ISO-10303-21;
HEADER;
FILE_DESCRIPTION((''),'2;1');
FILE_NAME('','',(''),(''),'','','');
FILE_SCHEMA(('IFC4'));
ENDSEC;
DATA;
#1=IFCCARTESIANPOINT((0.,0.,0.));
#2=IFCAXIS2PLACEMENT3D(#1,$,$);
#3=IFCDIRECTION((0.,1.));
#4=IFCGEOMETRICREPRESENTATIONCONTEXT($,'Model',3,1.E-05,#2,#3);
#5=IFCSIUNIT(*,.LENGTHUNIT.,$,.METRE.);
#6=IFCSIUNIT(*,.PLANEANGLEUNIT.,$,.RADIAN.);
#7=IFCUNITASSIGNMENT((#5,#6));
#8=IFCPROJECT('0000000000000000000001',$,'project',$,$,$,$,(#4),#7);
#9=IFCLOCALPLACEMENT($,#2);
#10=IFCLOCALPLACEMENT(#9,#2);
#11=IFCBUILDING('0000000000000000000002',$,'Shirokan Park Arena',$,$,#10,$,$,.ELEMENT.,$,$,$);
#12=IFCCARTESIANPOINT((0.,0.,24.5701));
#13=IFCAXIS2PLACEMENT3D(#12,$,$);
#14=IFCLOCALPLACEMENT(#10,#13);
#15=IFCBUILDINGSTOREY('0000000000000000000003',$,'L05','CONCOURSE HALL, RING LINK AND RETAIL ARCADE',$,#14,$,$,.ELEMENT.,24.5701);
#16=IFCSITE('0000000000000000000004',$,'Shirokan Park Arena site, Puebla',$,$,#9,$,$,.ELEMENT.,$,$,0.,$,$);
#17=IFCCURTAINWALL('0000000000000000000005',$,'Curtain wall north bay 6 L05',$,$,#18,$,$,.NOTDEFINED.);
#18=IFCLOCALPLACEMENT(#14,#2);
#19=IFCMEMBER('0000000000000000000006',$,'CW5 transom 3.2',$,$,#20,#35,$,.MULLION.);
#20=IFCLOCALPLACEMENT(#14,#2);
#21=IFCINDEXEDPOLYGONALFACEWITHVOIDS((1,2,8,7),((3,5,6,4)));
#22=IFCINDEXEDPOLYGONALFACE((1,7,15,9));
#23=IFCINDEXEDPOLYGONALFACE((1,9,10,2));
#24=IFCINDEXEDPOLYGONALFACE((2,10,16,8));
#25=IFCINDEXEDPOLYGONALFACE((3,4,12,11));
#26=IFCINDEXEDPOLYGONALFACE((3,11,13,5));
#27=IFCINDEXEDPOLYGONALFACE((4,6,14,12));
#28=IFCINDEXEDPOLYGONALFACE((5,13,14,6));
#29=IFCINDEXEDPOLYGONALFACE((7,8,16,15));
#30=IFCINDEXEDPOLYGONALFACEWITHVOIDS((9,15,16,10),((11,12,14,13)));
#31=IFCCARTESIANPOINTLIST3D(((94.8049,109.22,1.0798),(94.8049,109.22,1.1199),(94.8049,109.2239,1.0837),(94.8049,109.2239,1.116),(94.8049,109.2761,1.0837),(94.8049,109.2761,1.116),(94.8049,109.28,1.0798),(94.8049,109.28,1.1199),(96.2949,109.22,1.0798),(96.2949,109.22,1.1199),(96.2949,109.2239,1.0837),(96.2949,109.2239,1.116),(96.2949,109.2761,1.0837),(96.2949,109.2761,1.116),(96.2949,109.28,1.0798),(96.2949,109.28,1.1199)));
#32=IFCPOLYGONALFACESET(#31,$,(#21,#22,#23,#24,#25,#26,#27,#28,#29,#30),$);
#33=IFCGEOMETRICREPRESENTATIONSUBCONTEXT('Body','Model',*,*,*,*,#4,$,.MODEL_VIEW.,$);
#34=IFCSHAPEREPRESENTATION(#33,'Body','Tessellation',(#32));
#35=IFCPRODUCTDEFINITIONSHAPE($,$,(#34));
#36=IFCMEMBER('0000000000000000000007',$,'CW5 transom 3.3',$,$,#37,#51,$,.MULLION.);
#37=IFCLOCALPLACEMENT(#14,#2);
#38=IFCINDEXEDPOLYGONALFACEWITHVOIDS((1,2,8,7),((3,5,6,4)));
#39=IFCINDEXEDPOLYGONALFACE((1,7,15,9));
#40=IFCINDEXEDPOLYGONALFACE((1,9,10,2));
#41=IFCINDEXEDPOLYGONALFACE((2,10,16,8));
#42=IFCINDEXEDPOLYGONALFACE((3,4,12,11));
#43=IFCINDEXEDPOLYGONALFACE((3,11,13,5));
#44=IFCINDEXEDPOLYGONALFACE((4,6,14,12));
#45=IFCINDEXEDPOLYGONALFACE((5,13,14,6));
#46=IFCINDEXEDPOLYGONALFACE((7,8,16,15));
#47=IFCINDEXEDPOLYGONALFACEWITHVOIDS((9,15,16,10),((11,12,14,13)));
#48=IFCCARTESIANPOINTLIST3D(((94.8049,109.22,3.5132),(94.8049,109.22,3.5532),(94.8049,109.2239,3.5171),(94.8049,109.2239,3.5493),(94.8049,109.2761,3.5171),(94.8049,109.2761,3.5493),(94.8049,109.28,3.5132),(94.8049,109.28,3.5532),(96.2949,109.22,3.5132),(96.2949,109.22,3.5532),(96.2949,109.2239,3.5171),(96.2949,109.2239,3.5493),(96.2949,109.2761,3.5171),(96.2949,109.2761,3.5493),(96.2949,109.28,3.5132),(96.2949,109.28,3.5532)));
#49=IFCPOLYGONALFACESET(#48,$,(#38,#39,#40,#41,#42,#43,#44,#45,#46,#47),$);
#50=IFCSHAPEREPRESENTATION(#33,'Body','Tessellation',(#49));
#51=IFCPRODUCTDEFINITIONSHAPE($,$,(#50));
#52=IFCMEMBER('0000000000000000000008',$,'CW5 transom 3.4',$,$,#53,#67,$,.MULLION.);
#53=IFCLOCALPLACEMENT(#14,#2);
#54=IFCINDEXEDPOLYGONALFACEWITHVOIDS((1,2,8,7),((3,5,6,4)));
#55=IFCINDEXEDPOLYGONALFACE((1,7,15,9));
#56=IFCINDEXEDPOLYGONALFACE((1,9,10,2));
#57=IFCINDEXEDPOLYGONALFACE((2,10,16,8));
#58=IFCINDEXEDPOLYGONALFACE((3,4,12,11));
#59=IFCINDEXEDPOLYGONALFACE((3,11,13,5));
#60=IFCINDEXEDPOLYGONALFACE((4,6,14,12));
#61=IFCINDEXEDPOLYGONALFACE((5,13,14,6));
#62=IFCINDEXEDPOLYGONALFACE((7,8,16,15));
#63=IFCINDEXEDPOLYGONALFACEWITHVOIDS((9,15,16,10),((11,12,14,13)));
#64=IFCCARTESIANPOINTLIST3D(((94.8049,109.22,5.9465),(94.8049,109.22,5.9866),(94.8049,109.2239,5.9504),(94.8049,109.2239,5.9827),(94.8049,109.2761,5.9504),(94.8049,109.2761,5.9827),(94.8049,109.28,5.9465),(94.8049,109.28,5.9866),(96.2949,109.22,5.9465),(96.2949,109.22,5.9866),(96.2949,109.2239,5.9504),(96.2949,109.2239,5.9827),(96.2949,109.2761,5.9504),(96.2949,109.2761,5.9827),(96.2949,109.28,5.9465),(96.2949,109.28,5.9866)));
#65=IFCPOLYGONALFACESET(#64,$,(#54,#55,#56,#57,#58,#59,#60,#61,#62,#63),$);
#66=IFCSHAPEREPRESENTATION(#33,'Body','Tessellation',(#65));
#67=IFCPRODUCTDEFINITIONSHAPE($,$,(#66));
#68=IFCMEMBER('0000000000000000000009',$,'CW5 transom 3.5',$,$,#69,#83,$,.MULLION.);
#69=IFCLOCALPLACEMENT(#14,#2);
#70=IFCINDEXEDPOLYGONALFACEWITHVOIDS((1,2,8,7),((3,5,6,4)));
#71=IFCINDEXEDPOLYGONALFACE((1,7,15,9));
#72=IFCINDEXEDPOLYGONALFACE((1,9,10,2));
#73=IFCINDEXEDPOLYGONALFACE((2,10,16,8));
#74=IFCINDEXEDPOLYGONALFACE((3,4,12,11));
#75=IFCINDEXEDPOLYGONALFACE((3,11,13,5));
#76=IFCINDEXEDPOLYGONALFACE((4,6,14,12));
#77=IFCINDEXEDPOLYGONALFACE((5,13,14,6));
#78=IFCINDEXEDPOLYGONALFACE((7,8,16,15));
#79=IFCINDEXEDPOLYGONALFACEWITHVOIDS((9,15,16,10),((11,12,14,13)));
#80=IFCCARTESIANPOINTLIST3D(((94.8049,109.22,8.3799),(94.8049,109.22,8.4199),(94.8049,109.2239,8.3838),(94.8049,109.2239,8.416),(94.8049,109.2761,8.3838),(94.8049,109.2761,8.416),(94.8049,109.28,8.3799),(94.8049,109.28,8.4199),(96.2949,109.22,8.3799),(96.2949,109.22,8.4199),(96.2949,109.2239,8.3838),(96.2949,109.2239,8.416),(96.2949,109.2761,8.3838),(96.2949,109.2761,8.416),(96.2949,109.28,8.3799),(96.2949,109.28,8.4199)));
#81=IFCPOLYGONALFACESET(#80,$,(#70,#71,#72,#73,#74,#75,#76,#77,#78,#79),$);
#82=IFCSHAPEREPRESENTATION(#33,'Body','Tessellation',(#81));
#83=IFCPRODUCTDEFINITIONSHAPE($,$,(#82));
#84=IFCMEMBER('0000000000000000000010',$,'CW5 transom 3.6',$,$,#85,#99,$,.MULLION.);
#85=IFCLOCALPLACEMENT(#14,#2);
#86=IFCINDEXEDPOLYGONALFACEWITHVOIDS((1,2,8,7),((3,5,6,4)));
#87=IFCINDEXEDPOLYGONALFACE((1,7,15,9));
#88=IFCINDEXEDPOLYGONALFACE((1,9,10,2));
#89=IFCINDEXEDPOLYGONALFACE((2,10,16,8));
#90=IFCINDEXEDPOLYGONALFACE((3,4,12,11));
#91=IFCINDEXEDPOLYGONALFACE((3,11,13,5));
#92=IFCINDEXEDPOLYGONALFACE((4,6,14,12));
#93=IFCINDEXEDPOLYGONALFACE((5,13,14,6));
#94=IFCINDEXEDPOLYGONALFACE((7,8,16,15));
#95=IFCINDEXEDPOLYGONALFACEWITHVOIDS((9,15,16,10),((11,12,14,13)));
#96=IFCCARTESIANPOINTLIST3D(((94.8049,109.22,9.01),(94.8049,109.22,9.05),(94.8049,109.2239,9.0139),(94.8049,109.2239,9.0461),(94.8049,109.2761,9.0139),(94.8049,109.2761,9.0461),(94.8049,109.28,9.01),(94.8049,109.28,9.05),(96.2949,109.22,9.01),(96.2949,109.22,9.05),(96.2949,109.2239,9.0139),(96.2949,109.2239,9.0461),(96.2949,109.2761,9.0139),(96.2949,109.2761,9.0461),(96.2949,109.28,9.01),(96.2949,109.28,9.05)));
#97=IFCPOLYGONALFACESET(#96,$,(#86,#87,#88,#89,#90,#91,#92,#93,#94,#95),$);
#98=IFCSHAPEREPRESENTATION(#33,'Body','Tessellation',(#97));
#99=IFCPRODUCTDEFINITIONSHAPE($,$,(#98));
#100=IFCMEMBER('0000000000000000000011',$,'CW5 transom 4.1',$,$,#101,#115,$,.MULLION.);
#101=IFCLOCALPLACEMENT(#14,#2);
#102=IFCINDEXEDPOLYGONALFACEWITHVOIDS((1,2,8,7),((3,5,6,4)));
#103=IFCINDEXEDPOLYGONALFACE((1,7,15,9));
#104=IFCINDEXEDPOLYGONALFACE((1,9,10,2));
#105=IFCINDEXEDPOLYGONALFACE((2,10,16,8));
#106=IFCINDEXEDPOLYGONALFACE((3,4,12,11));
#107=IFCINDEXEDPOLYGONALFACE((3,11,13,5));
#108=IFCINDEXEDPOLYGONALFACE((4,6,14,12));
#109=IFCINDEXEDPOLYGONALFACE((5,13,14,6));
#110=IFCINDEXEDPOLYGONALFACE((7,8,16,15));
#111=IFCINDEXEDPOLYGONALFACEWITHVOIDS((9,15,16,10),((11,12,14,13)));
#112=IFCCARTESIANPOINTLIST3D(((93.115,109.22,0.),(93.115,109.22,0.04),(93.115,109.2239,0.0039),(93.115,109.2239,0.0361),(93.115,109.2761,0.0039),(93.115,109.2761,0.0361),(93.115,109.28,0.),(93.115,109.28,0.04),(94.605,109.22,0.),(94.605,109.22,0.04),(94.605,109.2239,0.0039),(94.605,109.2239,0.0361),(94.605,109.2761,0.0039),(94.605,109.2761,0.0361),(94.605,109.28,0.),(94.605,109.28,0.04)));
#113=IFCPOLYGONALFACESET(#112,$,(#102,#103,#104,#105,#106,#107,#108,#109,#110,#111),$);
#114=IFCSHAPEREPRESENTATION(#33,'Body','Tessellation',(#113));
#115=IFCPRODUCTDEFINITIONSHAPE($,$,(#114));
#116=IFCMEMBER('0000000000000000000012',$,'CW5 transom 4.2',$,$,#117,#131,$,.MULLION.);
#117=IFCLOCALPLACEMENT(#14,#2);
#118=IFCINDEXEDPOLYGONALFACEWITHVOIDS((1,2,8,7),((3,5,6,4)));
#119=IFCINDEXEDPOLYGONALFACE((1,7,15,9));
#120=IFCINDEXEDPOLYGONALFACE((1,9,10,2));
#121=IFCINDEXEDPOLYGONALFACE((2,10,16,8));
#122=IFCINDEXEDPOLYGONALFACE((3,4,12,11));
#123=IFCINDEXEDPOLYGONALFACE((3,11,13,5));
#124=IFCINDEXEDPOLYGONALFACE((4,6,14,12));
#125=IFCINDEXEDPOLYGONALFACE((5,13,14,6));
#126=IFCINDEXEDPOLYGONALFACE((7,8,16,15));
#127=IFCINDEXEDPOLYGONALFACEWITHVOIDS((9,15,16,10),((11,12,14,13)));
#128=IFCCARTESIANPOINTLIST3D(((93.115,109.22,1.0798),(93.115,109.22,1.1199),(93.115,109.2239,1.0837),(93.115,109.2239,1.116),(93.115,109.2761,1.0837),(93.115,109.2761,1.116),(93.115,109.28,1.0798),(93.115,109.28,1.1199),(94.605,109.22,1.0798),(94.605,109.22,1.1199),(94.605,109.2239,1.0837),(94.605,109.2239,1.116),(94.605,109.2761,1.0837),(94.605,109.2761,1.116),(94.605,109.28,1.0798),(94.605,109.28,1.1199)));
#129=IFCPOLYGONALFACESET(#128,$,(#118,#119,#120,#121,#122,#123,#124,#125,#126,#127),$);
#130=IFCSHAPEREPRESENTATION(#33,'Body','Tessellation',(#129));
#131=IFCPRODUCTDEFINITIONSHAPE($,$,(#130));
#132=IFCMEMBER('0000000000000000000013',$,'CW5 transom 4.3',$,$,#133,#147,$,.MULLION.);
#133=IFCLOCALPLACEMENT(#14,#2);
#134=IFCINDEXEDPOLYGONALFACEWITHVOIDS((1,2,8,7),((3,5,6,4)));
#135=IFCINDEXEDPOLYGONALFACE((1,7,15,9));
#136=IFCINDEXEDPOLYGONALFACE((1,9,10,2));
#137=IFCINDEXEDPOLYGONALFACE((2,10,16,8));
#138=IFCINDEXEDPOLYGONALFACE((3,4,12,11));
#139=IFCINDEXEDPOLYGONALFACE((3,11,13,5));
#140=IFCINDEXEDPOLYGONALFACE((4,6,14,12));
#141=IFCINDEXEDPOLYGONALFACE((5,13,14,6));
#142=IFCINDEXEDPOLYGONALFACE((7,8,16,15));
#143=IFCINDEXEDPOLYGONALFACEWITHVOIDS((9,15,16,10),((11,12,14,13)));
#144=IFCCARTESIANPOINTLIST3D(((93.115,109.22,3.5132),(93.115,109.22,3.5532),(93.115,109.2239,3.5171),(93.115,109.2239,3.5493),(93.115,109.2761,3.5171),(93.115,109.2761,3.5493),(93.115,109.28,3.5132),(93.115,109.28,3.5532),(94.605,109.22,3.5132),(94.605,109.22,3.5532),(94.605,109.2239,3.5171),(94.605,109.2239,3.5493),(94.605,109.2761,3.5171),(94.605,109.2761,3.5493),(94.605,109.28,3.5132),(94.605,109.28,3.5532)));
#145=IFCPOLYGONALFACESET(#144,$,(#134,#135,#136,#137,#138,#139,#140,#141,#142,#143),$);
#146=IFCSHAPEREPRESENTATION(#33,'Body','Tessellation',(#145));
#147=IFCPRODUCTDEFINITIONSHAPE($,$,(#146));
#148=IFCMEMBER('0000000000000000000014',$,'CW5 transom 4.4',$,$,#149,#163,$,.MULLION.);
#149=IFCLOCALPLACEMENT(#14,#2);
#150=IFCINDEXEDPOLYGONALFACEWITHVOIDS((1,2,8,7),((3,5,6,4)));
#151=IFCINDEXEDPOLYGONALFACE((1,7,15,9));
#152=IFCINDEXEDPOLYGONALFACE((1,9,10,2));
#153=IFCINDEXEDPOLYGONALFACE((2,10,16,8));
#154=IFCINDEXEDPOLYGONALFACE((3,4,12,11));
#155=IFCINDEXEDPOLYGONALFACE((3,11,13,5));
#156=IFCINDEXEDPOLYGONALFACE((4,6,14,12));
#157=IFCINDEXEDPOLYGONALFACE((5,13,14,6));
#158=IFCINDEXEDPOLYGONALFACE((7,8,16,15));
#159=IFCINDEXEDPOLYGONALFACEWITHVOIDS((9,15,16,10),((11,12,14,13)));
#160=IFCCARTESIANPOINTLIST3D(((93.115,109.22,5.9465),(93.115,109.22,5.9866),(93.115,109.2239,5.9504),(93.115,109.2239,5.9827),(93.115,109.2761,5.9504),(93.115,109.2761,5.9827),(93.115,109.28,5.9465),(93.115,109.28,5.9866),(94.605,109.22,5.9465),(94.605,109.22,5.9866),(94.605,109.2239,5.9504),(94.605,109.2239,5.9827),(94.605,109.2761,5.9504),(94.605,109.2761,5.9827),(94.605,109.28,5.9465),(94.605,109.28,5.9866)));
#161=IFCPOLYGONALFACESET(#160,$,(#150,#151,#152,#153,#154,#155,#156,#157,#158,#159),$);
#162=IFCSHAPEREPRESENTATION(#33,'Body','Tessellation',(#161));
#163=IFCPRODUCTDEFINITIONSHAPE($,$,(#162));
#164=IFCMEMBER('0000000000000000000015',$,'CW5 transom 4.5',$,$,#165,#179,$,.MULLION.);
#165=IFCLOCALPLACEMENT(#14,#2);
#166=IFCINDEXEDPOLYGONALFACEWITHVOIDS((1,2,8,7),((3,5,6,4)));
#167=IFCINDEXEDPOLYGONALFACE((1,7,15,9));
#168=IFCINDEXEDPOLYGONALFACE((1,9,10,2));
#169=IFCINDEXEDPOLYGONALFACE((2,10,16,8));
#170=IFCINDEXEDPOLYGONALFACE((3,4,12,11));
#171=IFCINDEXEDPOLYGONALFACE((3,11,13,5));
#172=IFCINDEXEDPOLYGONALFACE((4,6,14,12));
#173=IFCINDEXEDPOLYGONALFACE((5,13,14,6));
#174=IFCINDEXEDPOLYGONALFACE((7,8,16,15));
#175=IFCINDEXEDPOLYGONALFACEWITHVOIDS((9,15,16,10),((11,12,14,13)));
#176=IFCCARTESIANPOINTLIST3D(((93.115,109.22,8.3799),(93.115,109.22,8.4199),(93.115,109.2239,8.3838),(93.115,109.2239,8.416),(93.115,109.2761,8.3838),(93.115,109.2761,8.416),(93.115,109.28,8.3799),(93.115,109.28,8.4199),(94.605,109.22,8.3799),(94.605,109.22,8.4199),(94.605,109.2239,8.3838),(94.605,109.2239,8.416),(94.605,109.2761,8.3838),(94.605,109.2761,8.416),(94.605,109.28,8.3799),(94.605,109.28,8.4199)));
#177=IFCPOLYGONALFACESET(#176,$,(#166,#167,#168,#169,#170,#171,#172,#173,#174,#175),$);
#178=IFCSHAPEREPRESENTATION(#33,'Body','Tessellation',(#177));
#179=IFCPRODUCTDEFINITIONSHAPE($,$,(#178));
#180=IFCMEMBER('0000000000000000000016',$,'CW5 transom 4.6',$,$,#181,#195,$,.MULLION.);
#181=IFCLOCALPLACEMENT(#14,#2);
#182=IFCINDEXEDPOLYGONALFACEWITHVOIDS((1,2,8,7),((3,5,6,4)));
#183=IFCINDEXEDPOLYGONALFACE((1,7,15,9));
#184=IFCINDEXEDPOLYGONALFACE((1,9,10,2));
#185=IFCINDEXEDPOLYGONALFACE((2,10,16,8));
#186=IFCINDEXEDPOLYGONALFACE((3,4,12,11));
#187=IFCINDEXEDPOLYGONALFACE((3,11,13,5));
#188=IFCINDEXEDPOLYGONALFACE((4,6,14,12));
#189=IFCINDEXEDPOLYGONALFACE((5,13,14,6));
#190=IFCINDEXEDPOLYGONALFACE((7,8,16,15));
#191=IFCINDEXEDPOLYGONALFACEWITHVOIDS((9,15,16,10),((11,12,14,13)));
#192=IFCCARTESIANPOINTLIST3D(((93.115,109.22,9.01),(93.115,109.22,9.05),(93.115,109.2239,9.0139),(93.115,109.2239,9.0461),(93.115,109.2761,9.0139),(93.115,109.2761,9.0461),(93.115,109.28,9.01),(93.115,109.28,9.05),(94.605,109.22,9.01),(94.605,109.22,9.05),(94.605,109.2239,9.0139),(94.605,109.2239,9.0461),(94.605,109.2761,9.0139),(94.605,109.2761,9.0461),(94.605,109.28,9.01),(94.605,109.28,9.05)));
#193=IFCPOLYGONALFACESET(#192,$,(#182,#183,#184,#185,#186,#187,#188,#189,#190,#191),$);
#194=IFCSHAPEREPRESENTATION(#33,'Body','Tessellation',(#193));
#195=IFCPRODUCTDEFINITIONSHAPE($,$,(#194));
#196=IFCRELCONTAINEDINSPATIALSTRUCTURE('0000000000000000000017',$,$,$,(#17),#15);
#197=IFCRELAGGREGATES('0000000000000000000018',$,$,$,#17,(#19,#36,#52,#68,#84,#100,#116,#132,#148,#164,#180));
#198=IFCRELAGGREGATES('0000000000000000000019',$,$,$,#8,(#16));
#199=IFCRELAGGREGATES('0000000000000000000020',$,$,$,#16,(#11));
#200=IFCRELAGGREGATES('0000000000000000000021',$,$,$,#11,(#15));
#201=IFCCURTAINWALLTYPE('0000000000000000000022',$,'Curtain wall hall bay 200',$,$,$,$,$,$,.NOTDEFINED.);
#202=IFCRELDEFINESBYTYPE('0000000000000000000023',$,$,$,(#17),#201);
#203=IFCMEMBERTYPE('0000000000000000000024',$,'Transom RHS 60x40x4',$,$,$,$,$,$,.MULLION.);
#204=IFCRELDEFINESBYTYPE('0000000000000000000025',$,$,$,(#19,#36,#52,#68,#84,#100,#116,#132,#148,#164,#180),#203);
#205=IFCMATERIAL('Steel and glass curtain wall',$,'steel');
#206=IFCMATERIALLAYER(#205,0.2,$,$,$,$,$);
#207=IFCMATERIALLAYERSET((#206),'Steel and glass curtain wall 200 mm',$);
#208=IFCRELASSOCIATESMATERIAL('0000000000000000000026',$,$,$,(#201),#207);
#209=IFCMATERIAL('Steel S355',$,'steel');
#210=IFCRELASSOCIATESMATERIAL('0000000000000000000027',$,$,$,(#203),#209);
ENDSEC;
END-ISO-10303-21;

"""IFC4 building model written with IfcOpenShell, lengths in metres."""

from ifc_helpers import new_model, si_unit, direction, frame, origin, origin_2d, place, context, subcontext, project, spatial, hollow_rectangle, extrude, material, layer, layer_set, material_profile, profile_set, type_object, element, aggregate, save


model = new_model("IFC4")

# Units and contexts
model_context = context("Model", 3, precision=1e-05, world=origin(), true_north=direction((0.0, 1.0)))
body_context = subcontext(model_context, "Body", "Model", "MODEL_VIEW")
ifc_project = project(units=[si_unit("LENGTHUNIT", "METRE"), si_unit("PLANEANGLEUNIT", "RADIAN")], contexts=[model_context])

# Site, building, storey
site_placement = place(None, origin())
site = spatial("IfcSite", under=ifc_project, at=site_placement, Name="Shirokan Park Arena site, Puebla", CompositionType="ELEMENT", RefElevation=0.0)
building_placement = place(site_placement, origin())
building = spatial("IfcBuilding", under=site, at=building_placement, Name="Shirokan Park Arena", CompositionType="ELEMENT")
storey_placement = place(building_placement, frame((0.0, 0.0, 24.5701)))
storey = spatial("IfcBuildingStorey", under=building, at=storey_placement, Name="L05", Description="CONCOURSE HALL, RING LINK AND RETAIL ARCADE", CompositionType="ELEMENT", Elevation=24.5701)

# Curtain wall, members
ifc_material_1 = material(Name="Steel and glass curtain wall", Category="steel")
ifc_layer_1 = layer(ifc_material_1, 0.2)
ifc_layer_set_1 = layer_set([ifc_layer_1], Name="Steel and glass curtain wall 200 mm")
curtain_wall_type = type_object("IfcCurtainWallType", Name="Curtain wall hall bay 200", PredefinedType="NOTDEFINED", material=ifc_layer_set_1)
curtain_wall_placement = place(storey_placement, origin())
curtain_wall = element("IfcCurtainWall", 1, at=curtain_wall_placement, inside=storey, type_object=curtain_wall_type, Name="Curtain wall north bay 6 L05", PredefinedType="NOTDEFINED")
ifc_material_2 = material(Name="Steel S355", Category="steel")
ifc_material_profile_1 = material_profile(ifc_material_2, hollow_rectangle(XDim=0.0601, YDim=0.04, WallThickness=0.0039, at=origin_2d()), Name="RHS 60x40x4")
ifc_profile_set_1 = profile_set([ifc_material_profile_1], Name="Steel S355")
member_type_1 = type_object("IfcMemberType", Name="Transom RHS 60x40x4", PredefinedType="MULLION", material=ifc_profile_set_1)
member_1_placement = place(storey_placement, frame((96.2949, 109.25, 1.0999), z_axis=(-1.0, 0.0, 0.0), x_axis=(0.0, -1.0, 0.0)))
member_1 = element("IfcMember", 2, at=member_1_placement, type_object=member_type_1, Name="CW5 transom 3.2", PredefinedType="MULLION", context=body_context, shape_type="SweptSolid", body=[
    extrude(hollow_rectangle(XDim=0.0601, YDim=0.04, WallThickness=0.0039, at=origin_2d()), origin(), (0.0, 0.0, 1.0), 1.49),
])
member_2_placement = place(storey_placement, frame((96.2949, 109.25, 3.5332), z_axis=(-1.0, 0.0, 0.0), x_axis=(0.0, -1.0, 0.0)))
member_2 = element("IfcMember", 3, at=member_2_placement, type_object=member_type_1, Name="CW5 transom 3.3", PredefinedType="MULLION", context=body_context, shape_type="SweptSolid", body=[
    extrude(hollow_rectangle(XDim=0.0601, YDim=0.04, WallThickness=0.0039, at=origin_2d()), origin(), (0.0, 0.0, 1.0), 1.49),
])
member_3_placement = place(storey_placement, frame((96.2949, 109.25, 5.9666), z_axis=(-1.0, 0.0, 0.0), x_axis=(0.0, -1.0, 0.0)))
member_3 = element("IfcMember", 4, at=member_3_placement, type_object=member_type_1, Name="CW5 transom 3.4", PredefinedType="MULLION", context=body_context, shape_type="SweptSolid", body=[
    extrude(hollow_rectangle(XDim=0.0601, YDim=0.04, WallThickness=0.0039, at=origin_2d()), origin(), (0.0, 0.0, 1.0), 1.49),
])
member_4_placement = place(storey_placement, frame((96.2949, 109.25, 8.3999), z_axis=(-1.0, 0.0, 0.0), x_axis=(0.0, -1.0, 0.0)))
member_4 = element("IfcMember", 5, at=member_4_placement, type_object=member_type_1, Name="CW5 transom 3.5", PredefinedType="MULLION", context=body_context, shape_type="SweptSolid", body=[
    extrude(hollow_rectangle(XDim=0.0601, YDim=0.04, WallThickness=0.0039, at=origin_2d()), origin(), (0.0, 0.0, 1.0), 1.49),
])
member_5_placement = place(storey_placement, frame((96.2949, 109.25, 9.03), z_axis=(-1.0, 0.0, 0.0), x_axis=(0.0, -1.0, 0.0)))
member_5 = element("IfcMember", 6, at=member_5_placement, type_object=member_type_1, Name="CW5 transom 3.6", PredefinedType="MULLION", context=body_context, shape_type="SweptSolid", body=[
    extrude(hollow_rectangle(XDim=0.0601, YDim=0.04, WallThickness=0.0039, at=origin_2d()), origin(), (0.0, 0.0, 1.0), 1.49),
])
member_6_placement = place(storey_placement, frame((94.605, 109.25, 0.02), z_axis=(-1.0, 0.0, 0.0), x_axis=(0.0, -1.0, 0.0)))
member_6 = element("IfcMember", 7, at=member_6_placement, type_object=member_type_1, Name="CW5 transom 4.1", PredefinedType="MULLION", context=body_context, shape_type="SweptSolid", body=[
    extrude(hollow_rectangle(XDim=0.0601, YDim=0.04, WallThickness=0.0039, at=origin_2d()), origin(), (0.0, 0.0, 1.0), 1.49),
])
member_7_placement = place(storey_placement, frame((94.605, 109.25, 1.0999), z_axis=(-1.0, 0.0, 0.0), x_axis=(0.0, -1.0, 0.0)))
member_7 = element("IfcMember", 8, at=member_7_placement, type_object=member_type_1, Name="CW5 transom 4.2", PredefinedType="MULLION", context=body_context, shape_type="SweptSolid", body=[
    extrude(hollow_rectangle(XDim=0.0601, YDim=0.04, WallThickness=0.0039, at=origin_2d()), origin(), (0.0, 0.0, 1.0), 1.49),
])
member_8_placement = place(storey_placement, frame((94.605, 109.25, 3.5332), z_axis=(-1.0, 0.0, 0.0), x_axis=(0.0, -1.0, 0.0)))
member_8 = element("IfcMember", 9, at=member_8_placement, type_object=member_type_1, Name="CW5 transom 4.3", PredefinedType="MULLION", context=body_context, shape_type="SweptSolid", body=[
    extrude(hollow_rectangle(XDim=0.0601, YDim=0.04, WallThickness=0.0039, at=origin_2d()), origin(), (0.0, 0.0, 1.0), 1.49),
])
member_9_placement = place(storey_placement, frame((94.605, 109.25, 5.9666), z_axis=(-1.0, 0.0, 0.0), x_axis=(0.0, -1.0, 0.0)))
member_9 = element("IfcMember", 10, at=member_9_placement, type_object=member_type_1, Name="CW5 transom 4.4", PredefinedType="MULLION", context=body_context, shape_type="SweptSolid", body=[
    extrude(hollow_rectangle(XDim=0.0601, YDim=0.04, WallThickness=0.0039, at=origin_2d()), origin(), (0.0, 0.0, 1.0), 1.49),
])
member_10_placement = place(storey_placement, frame((94.605, 109.25, 8.3999), z_axis=(-1.0, 0.0, 0.0), x_axis=(0.0, -1.0, 0.0)))
member_10 = element("IfcMember", 11, at=member_10_placement, type_object=member_type_1, Name="CW5 transom 4.5", PredefinedType="MULLION", context=body_context, shape_type="SweptSolid", body=[
    extrude(hollow_rectangle(XDim=0.0601, YDim=0.04, WallThickness=0.0039, at=origin_2d()), origin(), (0.0, 0.0, 1.0), 1.49),
])
member_11_placement = place(storey_placement, frame((94.605, 109.25, 9.03), z_axis=(-1.0, 0.0, 0.0), x_axis=(0.0, -1.0, 0.0)))
member_11 = element("IfcMember", 12, at=member_11_placement, type_object=member_type_1, Name="CW5 transom 4.6", PredefinedType="MULLION", context=body_context, shape_type="SweptSolid", body=[
    extrude(hollow_rectangle(XDim=0.0601, YDim=0.04, WallThickness=0.0039, at=origin_2d()), origin(), (0.0, 0.0, 1.0), 1.49),
])
aggregate(curtain_wall, [member_1, member_2, member_3, member_4, member_5, member_6, member_7, member_8, member_9, member_10, member_11])

save(model, "model.ifc")
